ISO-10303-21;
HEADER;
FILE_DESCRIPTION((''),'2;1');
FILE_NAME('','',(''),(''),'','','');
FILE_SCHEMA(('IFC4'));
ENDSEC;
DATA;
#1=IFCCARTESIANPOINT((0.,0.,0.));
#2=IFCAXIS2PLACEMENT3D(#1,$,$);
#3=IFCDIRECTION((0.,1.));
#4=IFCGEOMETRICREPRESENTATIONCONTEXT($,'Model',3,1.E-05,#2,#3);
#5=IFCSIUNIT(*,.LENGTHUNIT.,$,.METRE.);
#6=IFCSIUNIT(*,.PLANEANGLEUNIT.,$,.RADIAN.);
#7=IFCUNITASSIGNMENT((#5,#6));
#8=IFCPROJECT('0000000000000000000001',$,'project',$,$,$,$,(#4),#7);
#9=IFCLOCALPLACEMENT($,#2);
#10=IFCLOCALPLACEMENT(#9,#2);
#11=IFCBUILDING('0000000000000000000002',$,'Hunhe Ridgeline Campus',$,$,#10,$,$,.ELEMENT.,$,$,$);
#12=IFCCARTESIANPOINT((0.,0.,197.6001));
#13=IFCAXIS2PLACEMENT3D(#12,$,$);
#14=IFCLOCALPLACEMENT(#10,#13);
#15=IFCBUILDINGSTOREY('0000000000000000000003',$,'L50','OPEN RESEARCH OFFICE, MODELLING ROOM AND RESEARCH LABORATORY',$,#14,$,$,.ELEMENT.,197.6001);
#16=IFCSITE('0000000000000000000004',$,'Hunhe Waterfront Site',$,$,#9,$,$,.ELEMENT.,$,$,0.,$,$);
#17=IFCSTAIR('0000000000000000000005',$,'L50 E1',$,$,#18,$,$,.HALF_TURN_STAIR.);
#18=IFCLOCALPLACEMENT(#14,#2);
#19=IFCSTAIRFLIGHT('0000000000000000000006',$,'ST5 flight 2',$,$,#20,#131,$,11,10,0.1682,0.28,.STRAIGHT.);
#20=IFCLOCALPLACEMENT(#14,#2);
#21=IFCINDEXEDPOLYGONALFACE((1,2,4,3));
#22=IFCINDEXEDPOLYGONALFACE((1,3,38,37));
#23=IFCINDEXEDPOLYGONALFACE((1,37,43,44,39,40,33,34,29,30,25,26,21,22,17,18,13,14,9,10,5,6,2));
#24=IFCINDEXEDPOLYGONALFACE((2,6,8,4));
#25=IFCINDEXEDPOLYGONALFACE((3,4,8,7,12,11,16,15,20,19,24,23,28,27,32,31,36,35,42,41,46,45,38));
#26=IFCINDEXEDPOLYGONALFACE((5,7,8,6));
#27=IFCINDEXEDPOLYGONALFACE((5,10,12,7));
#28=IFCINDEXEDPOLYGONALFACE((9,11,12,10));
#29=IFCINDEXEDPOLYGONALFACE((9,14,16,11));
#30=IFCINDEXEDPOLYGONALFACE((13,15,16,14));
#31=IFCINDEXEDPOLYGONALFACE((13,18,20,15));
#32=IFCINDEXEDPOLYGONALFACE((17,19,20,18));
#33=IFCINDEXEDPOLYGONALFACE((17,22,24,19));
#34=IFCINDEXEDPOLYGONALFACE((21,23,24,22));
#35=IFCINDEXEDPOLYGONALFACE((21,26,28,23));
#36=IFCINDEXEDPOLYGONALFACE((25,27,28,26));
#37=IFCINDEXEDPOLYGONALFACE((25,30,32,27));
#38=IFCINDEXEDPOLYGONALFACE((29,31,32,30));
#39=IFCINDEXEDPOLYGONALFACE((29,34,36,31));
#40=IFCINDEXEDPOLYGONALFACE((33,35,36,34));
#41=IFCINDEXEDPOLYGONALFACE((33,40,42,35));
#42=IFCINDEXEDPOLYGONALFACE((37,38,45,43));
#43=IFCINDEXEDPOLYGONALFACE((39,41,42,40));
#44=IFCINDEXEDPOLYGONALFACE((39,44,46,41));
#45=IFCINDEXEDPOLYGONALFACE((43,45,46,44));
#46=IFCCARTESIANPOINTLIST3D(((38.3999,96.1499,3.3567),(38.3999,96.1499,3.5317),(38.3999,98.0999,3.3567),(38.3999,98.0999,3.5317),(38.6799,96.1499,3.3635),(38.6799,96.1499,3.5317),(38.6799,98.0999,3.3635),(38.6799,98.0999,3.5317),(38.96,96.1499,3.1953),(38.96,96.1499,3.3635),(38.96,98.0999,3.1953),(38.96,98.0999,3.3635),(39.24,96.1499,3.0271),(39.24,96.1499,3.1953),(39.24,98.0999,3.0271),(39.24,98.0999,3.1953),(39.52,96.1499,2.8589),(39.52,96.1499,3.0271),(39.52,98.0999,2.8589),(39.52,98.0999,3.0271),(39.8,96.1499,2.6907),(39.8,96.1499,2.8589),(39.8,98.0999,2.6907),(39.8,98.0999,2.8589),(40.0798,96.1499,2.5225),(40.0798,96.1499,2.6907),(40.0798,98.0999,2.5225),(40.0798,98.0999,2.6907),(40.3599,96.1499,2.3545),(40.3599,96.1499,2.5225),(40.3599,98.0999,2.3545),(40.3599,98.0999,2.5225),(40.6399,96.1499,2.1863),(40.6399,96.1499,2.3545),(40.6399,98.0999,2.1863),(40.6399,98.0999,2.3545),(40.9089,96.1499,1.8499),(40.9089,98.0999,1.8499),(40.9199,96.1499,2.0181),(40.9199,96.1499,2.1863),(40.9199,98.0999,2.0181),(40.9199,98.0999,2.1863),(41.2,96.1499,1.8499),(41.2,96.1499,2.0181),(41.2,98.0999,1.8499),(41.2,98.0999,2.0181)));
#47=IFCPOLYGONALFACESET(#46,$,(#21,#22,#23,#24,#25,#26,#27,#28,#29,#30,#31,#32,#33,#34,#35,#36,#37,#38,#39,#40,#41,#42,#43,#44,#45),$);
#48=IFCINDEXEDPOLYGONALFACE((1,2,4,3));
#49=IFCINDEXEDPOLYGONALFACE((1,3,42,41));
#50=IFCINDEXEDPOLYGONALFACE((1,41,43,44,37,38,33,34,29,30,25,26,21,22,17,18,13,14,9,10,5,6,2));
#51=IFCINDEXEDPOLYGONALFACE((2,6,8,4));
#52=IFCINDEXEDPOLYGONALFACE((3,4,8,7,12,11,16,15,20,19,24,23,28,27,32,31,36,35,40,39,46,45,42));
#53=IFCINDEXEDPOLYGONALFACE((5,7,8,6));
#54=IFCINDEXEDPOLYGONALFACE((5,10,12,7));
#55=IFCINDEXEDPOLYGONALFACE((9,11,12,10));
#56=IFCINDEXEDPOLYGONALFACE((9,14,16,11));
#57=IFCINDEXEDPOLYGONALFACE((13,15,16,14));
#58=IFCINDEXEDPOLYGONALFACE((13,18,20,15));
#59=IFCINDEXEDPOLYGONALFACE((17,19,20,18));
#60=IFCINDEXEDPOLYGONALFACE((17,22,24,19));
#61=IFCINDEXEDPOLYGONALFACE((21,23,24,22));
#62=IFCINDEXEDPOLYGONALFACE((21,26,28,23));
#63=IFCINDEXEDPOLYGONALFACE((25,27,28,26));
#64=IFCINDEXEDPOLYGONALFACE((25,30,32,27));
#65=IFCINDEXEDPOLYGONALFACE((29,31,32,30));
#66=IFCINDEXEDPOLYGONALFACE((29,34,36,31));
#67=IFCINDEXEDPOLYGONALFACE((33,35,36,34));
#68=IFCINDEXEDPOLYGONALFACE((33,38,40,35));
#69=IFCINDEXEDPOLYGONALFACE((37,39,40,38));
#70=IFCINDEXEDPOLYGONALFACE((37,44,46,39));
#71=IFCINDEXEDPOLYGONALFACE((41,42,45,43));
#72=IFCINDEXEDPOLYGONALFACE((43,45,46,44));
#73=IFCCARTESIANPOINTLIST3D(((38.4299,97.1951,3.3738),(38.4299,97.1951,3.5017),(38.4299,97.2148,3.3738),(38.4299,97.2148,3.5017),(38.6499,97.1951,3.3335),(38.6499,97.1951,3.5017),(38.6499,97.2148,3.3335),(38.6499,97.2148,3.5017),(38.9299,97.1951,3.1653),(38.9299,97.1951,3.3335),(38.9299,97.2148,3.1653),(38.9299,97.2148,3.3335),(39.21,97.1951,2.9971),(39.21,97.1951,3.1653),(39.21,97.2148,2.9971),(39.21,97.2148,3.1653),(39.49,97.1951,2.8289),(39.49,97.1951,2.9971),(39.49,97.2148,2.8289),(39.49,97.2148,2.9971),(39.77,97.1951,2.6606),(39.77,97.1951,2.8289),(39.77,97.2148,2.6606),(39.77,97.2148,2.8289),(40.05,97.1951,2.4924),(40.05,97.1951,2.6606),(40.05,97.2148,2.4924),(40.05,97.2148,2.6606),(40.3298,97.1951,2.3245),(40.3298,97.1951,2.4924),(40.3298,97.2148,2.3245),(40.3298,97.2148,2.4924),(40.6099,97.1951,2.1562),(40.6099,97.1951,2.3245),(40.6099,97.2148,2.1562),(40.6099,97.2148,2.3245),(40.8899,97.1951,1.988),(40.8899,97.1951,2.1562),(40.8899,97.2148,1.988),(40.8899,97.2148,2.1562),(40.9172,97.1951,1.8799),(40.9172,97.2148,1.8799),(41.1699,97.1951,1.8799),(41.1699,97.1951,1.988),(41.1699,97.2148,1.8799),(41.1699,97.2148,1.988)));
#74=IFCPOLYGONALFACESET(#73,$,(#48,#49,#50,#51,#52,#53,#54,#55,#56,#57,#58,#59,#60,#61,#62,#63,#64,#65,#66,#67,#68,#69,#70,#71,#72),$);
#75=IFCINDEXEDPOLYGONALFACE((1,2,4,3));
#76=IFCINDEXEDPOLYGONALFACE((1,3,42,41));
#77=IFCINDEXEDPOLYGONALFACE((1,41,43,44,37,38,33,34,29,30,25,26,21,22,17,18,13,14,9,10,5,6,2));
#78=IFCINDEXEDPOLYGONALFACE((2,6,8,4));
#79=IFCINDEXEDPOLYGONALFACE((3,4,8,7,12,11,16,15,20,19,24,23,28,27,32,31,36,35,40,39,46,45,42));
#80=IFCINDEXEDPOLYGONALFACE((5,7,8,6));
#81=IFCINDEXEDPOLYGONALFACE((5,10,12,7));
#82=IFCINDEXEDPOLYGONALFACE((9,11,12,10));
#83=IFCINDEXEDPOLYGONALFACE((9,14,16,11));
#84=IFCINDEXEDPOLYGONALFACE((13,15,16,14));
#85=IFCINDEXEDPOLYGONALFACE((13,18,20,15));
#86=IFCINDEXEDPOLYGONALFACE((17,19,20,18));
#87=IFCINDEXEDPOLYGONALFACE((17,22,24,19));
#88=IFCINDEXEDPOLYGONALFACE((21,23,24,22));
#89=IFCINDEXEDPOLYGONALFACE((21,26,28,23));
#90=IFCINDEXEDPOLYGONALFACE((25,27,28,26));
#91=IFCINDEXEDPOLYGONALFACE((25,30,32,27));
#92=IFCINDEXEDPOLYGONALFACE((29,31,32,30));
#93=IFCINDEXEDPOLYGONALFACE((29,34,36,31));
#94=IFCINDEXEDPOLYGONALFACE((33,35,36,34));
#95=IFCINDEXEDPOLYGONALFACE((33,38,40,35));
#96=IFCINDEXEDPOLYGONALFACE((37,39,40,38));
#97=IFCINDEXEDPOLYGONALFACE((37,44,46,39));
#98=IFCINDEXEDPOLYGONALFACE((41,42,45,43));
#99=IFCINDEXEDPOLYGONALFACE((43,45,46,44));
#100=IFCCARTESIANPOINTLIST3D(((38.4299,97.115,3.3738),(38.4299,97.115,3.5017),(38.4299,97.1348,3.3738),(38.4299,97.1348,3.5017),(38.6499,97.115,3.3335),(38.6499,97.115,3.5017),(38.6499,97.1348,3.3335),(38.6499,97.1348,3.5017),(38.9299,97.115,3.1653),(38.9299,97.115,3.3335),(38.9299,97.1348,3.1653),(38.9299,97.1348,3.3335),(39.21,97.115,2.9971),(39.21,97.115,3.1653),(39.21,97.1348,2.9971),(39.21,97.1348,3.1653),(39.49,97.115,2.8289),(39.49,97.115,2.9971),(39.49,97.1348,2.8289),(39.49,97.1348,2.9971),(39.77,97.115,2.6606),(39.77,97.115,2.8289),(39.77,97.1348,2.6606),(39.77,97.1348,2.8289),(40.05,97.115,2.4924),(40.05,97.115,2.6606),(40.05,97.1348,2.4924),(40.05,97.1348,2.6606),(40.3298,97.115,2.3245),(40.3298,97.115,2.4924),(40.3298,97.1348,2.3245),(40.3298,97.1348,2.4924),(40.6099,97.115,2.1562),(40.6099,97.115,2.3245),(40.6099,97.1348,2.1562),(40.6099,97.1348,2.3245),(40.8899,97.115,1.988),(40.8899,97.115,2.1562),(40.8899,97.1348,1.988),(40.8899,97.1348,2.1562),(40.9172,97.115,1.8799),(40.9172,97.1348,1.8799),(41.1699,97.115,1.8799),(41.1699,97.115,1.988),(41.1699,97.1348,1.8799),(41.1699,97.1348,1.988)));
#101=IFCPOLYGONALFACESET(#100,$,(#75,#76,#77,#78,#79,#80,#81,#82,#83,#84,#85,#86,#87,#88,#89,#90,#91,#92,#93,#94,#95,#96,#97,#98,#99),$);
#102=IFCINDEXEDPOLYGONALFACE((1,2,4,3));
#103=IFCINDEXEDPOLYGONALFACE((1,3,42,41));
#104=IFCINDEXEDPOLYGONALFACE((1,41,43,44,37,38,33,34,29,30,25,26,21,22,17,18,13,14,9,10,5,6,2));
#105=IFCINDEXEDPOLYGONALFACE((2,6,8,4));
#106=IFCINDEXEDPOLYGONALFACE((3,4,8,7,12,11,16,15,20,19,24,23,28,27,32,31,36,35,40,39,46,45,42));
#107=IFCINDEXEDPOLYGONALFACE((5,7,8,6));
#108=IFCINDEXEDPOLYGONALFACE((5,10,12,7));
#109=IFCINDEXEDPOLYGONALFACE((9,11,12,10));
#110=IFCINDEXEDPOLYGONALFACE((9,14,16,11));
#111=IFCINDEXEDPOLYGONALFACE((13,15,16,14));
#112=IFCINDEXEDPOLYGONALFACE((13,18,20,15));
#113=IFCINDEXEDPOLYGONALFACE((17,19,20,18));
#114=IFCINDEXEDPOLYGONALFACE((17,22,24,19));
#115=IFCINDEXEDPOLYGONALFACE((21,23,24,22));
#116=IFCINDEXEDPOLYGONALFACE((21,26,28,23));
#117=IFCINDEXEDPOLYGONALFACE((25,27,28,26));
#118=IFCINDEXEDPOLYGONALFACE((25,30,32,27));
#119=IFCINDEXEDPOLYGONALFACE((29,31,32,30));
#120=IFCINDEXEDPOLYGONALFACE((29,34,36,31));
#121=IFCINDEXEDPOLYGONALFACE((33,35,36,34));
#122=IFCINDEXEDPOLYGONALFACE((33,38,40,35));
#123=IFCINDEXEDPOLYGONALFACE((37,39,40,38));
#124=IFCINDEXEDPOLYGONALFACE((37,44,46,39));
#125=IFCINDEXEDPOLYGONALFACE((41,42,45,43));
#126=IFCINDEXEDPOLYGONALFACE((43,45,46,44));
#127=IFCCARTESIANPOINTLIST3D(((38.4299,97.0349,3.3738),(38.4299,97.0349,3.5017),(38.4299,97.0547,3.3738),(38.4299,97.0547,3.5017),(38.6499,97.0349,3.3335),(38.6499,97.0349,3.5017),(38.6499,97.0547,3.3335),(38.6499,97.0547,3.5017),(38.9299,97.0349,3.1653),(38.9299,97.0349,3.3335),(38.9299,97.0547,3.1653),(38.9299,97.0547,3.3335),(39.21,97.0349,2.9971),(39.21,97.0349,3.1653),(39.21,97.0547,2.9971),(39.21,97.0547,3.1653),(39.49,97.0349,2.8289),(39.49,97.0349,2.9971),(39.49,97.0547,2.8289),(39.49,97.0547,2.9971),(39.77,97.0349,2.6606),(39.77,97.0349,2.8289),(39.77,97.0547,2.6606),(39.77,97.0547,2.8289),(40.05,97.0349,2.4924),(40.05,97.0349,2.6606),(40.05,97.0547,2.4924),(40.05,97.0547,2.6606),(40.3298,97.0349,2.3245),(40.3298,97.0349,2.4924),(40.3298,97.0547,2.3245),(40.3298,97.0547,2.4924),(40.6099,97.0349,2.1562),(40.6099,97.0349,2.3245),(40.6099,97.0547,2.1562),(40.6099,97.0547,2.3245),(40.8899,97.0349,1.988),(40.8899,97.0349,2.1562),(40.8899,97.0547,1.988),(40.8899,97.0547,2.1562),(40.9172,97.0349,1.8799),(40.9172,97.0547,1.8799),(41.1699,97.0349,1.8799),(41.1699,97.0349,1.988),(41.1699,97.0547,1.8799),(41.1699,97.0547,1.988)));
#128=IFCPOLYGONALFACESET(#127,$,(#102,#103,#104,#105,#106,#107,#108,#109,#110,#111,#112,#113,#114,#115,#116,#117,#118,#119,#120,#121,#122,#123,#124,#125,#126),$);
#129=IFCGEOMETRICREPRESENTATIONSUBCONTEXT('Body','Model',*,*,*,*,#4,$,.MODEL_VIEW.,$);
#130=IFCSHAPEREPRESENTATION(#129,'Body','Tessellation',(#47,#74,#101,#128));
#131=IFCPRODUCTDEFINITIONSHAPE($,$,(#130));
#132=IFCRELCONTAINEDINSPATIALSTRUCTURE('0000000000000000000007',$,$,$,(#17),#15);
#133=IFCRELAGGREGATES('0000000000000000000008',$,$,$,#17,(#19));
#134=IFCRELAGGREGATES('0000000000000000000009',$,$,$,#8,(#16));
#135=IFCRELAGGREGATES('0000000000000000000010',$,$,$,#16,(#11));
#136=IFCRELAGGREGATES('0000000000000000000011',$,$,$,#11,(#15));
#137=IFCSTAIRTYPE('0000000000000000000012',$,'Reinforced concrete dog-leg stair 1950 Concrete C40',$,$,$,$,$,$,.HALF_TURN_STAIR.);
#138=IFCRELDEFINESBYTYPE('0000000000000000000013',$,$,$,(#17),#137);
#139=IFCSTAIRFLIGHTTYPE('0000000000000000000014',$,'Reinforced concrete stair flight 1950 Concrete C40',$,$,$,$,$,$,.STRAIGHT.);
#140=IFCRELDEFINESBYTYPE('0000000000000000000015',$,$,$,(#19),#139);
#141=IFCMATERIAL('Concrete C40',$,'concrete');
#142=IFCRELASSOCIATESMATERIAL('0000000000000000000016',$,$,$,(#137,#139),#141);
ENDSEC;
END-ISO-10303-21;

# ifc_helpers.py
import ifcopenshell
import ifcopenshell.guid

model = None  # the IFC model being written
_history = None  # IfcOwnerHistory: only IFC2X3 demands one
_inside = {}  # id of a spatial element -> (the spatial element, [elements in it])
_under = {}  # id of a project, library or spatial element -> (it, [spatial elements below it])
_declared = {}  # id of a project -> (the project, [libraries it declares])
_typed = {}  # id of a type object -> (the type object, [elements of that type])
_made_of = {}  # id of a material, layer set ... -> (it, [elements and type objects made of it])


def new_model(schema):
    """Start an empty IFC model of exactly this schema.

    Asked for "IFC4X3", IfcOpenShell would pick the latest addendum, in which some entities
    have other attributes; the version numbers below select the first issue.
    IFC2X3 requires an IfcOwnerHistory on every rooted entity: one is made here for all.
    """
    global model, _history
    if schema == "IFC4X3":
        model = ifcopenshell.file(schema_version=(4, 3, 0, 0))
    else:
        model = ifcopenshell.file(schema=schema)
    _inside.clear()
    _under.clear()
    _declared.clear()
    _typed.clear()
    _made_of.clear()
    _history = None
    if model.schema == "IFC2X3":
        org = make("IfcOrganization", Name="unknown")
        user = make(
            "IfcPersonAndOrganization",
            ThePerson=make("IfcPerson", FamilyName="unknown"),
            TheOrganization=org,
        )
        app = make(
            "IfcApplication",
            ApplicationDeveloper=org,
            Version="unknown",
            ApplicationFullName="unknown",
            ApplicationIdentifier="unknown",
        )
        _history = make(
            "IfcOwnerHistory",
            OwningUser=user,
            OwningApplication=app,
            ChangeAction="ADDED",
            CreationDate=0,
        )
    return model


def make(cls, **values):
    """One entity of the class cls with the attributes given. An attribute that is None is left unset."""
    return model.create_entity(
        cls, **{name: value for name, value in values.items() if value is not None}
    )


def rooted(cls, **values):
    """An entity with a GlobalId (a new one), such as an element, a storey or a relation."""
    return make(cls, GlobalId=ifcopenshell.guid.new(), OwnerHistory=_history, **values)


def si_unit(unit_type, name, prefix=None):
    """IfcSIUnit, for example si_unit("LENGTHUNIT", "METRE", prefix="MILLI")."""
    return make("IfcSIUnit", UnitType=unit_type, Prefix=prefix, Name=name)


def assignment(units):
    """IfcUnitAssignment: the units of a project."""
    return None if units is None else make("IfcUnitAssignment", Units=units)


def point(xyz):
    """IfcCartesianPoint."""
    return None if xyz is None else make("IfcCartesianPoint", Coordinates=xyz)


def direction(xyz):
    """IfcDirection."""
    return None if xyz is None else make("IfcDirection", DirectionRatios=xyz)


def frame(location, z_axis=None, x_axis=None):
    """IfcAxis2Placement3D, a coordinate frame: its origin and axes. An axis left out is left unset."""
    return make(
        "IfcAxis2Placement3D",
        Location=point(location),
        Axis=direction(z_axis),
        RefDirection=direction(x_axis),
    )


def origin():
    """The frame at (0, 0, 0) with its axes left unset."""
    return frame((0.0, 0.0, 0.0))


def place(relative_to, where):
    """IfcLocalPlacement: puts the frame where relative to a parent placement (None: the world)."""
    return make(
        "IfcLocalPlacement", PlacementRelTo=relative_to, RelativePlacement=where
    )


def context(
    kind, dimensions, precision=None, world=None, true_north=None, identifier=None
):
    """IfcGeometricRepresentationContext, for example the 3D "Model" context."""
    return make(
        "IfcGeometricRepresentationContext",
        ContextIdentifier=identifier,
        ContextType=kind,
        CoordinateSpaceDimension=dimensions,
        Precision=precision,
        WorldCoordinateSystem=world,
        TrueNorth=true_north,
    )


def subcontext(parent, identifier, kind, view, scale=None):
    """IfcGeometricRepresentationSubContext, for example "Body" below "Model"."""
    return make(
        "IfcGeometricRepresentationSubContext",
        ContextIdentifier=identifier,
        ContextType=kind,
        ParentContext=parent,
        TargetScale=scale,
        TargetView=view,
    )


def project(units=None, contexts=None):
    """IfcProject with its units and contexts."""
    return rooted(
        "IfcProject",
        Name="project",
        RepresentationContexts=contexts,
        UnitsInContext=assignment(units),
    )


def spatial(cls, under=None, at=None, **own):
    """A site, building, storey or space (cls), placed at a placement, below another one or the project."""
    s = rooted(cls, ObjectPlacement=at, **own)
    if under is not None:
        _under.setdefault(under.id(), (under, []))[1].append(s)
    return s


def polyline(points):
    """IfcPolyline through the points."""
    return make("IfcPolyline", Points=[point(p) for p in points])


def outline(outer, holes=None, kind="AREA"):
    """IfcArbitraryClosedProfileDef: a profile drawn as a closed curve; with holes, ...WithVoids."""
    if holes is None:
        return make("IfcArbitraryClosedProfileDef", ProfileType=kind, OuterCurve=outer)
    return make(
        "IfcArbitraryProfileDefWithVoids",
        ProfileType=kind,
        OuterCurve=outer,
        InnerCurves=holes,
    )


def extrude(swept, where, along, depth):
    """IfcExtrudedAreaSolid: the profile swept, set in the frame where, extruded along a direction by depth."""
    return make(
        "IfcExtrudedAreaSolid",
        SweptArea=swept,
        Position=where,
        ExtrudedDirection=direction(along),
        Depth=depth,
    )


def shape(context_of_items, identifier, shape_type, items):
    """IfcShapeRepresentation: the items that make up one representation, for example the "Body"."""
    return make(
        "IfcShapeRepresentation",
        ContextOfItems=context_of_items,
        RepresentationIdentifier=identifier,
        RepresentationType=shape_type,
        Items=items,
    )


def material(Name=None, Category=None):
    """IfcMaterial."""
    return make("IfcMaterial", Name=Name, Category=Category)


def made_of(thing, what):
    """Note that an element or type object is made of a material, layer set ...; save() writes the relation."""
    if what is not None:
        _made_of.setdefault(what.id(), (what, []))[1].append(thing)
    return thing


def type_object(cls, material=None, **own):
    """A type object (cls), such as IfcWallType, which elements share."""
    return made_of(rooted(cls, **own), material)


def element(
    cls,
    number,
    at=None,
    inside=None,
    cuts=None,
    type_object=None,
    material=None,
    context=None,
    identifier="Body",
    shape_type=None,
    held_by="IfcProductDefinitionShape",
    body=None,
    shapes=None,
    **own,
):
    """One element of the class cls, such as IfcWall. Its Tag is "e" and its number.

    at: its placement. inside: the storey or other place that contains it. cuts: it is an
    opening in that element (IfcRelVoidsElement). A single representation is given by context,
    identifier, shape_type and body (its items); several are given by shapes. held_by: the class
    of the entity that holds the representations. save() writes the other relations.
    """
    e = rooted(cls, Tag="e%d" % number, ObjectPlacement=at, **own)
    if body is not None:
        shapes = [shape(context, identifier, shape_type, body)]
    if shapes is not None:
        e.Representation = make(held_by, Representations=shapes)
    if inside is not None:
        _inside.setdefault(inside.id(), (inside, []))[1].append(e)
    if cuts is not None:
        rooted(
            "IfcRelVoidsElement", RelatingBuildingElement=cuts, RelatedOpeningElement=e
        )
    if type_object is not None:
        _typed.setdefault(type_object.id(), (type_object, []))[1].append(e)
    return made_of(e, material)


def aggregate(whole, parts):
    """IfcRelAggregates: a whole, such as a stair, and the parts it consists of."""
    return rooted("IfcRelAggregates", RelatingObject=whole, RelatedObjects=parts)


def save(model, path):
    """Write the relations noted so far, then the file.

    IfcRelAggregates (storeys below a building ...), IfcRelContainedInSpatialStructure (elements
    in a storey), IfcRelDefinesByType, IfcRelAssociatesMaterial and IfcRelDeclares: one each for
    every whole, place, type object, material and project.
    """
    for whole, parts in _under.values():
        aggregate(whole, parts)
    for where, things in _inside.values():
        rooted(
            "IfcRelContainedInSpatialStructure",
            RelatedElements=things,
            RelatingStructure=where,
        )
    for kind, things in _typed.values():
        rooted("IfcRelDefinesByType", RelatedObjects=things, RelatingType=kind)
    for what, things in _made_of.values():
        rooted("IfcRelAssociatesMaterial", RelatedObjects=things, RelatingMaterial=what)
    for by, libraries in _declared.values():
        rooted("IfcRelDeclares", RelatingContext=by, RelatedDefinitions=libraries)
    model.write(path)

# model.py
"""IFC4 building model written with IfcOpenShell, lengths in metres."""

from ifc_helpers import new_model, si_unit, direction, frame, origin, place, context, subcontext, project, spatial, polyline, outline, extrude, material, type_object, element, aggregate, save


model = new_model("IFC4")

# Units and contexts
model_context = context("Model", 3, precision=1e-05, world=origin(), true_north=direction((0.0, 1.0)))
body_context = subcontext(model_context, "Body", "Model", "MODEL_VIEW")
ifc_project = project(units=[si_unit("LENGTHUNIT", "METRE"), si_unit("PLANEANGLEUNIT", "RADIAN")], contexts=[model_context])

# Site, building, storey
site_placement = place(None, origin())
site = spatial("IfcSite", under=ifc_project, at=site_placement, Name="Hunhe Waterfront Site", CompositionType="ELEMENT", RefElevation=0.0)
building_placement = place(site_placement, origin())
building = spatial("IfcBuilding", under=site, at=building_placement, Name="Hunhe Ridgeline Campus", CompositionType="ELEMENT")
storey_placement = place(building_placement, frame((0.0, 0.0, 197.6001)))
storey = spatial("IfcBuildingStorey", under=building, at=storey_placement, Name="L50", Description="OPEN RESEARCH OFFICE, MODELLING ROOM AND RESEARCH LABORATORY", CompositionType="ELEMENT", Elevation=197.6001)

# Stair, stair flight
ifc_material_1 = material(Name="Concrete C40", Category="concrete")
stair_type = type_object("IfcStairType", Name="Reinforced concrete dog-leg stair 1950 Concrete C40", PredefinedType="HALF_TURN_STAIR", material=ifc_material_1)
stair_placement = place(storey_placement, origin())
stair = element("IfcStair", 1, at=stair_placement, inside=storey, type_object=stair_type, Name="L50 E1", PredefinedType="HALF_TURN_STAIR")
stair_flight_type = type_object("IfcStairFlightType", Name="Reinforced concrete stair flight 1950 Concrete C40", PredefinedType="STRAIGHT", material=ifc_material_1)
stair_flight_1_placement = place(storey_placement, frame((41.2, 97.125, 1.8499), z_axis=(0.0, 0.0, 1.0), x_axis=(-1.0, 0.0, 0.0)))
stair_flight_1 = element("IfcStairFlight", 2, at=stair_flight_1_placement, type_object=stair_flight_type, Name="ST5 flight 2", NumberOfRisers=11, NumberOfTreads=10, PredefinedType="STRAIGHT", RiserHeight=0.1682, TreadLength=0.28, context=body_context, shape_type="SweptSolid", body=[
    extrude(outline(polyline([(0.0, 0.0), (0.0, 0.1682), (0.28, 0.1682), (0.28, 0.3364), (0.5601, 0.3364), (0.5601, 0.5046), (0.8401, 0.5046), (0.8401, 0.6726), (1.1201, 0.6726), (1.1201, 0.8408), (1.3999, 0.8408), (1.3999, 1.009), (1.6799, 1.009), (1.6799, 1.1772), (1.96, 1.1772), (1.96, 1.3455), (2.24, 1.3455), (2.24, 1.5137), (2.52, 1.5137), (2.52, 1.6819), (2.8, 1.6819), (2.8, 1.8501), (2.8, 1.5068), (0.291, 0.0), (0.0, 0.0)])), frame((0.0, 0.9751, 0.0), z_axis=(0.0, -1.0, 0.0), x_axis=(1.0, 0.0, 0.0)), (0.0, 0.0, 1.0), 1.95),
    extrude(outline(polyline([(0.03, 0.03), (0.03, 0.1382), (0.3101, 0.1382), (0.3101, 0.3064), (0.5901, 0.3064), (0.5901, 0.4746), (0.8701, 0.4746), (0.8701, 0.6426), (1.1499, 0.6426), (1.1499, 0.8108), (1.4299, 0.8108), (1.4299, 0.979), (1.71, 0.979), (1.71, 1.1472), (1.99, 1.1472), (1.99, 1.3154), (2.27, 1.3154), (2.27, 1.4836), (2.55, 1.4836), (2.55, 1.6519), (2.77, 1.6519), (2.77, 1.5239), (0.2827, 0.03), (0.03, 0.03)])), frame((0.0, -0.0701, 0.0), z_axis=(0.0, -1.0, 0.0), x_axis=(1.0, 0.0, 0.0)), (0.0, 0.0, 1.0), 0.0198),
    extrude(outline(polyline([(0.03, 0.03), (0.03, 0.1382), (0.3101, 0.1382), (0.3101, 0.3064), (0.5901, 0.3064), (0.5901, 0.4746), (0.8701, 0.4746), (0.8701, 0.6426), (1.1499, 0.6426), (1.1499, 0.8108), (1.4299, 0.8108), (1.4299, 0.979), (1.71, 0.979), (1.71, 1.1472), (1.99, 1.1472), (1.99, 1.3154), (2.27, 1.3154), (2.27, 1.4836), (2.55, 1.4836), (2.55, 1.6519), (2.77, 1.6519), (2.77, 1.5239), (0.2827, 0.03), (0.03, 0.03)])), frame((0.0, 0.01, 0.0), z_axis=(0.0, -1.0, 0.0), x_axis=(1.0, 0.0, 0.0)), (0.0, 0.0, 1.0), 0.0198),
    extrude(outline(polyline([(0.03, 0.03), (0.03, 0.1382), (0.3101, 0.1382), (0.3101, 0.3064), (0.5901, 0.3064), (0.5901, 0.4746), (0.8701, 0.4746), (0.8701, 0.6426), (1.1499, 0.6426), (1.1499, 0.8108), (1.4299, 0.8108), (1.4299, 0.979), (1.71, 0.979), (1.71, 1.1472), (1.99, 1.1472), (1.99, 1.3154), (2.27, 1.3154), (2.27, 1.4836), (2.55, 1.4836), (2.55, 1.6519), (2.77, 1.6519), (2.77, 1.5239), (0.2827, 0.03), (0.03, 0.03)])), frame((0.0, 0.0901, 0.0), z_axis=(0.0, -1.0, 0.0), x_axis=(1.0, 0.0, 0.0)), (0.0, 0.0, 1.0), 0.0198),
])
aggregate(stair, [stair_flight_1])

save(model, "model.ifc")
